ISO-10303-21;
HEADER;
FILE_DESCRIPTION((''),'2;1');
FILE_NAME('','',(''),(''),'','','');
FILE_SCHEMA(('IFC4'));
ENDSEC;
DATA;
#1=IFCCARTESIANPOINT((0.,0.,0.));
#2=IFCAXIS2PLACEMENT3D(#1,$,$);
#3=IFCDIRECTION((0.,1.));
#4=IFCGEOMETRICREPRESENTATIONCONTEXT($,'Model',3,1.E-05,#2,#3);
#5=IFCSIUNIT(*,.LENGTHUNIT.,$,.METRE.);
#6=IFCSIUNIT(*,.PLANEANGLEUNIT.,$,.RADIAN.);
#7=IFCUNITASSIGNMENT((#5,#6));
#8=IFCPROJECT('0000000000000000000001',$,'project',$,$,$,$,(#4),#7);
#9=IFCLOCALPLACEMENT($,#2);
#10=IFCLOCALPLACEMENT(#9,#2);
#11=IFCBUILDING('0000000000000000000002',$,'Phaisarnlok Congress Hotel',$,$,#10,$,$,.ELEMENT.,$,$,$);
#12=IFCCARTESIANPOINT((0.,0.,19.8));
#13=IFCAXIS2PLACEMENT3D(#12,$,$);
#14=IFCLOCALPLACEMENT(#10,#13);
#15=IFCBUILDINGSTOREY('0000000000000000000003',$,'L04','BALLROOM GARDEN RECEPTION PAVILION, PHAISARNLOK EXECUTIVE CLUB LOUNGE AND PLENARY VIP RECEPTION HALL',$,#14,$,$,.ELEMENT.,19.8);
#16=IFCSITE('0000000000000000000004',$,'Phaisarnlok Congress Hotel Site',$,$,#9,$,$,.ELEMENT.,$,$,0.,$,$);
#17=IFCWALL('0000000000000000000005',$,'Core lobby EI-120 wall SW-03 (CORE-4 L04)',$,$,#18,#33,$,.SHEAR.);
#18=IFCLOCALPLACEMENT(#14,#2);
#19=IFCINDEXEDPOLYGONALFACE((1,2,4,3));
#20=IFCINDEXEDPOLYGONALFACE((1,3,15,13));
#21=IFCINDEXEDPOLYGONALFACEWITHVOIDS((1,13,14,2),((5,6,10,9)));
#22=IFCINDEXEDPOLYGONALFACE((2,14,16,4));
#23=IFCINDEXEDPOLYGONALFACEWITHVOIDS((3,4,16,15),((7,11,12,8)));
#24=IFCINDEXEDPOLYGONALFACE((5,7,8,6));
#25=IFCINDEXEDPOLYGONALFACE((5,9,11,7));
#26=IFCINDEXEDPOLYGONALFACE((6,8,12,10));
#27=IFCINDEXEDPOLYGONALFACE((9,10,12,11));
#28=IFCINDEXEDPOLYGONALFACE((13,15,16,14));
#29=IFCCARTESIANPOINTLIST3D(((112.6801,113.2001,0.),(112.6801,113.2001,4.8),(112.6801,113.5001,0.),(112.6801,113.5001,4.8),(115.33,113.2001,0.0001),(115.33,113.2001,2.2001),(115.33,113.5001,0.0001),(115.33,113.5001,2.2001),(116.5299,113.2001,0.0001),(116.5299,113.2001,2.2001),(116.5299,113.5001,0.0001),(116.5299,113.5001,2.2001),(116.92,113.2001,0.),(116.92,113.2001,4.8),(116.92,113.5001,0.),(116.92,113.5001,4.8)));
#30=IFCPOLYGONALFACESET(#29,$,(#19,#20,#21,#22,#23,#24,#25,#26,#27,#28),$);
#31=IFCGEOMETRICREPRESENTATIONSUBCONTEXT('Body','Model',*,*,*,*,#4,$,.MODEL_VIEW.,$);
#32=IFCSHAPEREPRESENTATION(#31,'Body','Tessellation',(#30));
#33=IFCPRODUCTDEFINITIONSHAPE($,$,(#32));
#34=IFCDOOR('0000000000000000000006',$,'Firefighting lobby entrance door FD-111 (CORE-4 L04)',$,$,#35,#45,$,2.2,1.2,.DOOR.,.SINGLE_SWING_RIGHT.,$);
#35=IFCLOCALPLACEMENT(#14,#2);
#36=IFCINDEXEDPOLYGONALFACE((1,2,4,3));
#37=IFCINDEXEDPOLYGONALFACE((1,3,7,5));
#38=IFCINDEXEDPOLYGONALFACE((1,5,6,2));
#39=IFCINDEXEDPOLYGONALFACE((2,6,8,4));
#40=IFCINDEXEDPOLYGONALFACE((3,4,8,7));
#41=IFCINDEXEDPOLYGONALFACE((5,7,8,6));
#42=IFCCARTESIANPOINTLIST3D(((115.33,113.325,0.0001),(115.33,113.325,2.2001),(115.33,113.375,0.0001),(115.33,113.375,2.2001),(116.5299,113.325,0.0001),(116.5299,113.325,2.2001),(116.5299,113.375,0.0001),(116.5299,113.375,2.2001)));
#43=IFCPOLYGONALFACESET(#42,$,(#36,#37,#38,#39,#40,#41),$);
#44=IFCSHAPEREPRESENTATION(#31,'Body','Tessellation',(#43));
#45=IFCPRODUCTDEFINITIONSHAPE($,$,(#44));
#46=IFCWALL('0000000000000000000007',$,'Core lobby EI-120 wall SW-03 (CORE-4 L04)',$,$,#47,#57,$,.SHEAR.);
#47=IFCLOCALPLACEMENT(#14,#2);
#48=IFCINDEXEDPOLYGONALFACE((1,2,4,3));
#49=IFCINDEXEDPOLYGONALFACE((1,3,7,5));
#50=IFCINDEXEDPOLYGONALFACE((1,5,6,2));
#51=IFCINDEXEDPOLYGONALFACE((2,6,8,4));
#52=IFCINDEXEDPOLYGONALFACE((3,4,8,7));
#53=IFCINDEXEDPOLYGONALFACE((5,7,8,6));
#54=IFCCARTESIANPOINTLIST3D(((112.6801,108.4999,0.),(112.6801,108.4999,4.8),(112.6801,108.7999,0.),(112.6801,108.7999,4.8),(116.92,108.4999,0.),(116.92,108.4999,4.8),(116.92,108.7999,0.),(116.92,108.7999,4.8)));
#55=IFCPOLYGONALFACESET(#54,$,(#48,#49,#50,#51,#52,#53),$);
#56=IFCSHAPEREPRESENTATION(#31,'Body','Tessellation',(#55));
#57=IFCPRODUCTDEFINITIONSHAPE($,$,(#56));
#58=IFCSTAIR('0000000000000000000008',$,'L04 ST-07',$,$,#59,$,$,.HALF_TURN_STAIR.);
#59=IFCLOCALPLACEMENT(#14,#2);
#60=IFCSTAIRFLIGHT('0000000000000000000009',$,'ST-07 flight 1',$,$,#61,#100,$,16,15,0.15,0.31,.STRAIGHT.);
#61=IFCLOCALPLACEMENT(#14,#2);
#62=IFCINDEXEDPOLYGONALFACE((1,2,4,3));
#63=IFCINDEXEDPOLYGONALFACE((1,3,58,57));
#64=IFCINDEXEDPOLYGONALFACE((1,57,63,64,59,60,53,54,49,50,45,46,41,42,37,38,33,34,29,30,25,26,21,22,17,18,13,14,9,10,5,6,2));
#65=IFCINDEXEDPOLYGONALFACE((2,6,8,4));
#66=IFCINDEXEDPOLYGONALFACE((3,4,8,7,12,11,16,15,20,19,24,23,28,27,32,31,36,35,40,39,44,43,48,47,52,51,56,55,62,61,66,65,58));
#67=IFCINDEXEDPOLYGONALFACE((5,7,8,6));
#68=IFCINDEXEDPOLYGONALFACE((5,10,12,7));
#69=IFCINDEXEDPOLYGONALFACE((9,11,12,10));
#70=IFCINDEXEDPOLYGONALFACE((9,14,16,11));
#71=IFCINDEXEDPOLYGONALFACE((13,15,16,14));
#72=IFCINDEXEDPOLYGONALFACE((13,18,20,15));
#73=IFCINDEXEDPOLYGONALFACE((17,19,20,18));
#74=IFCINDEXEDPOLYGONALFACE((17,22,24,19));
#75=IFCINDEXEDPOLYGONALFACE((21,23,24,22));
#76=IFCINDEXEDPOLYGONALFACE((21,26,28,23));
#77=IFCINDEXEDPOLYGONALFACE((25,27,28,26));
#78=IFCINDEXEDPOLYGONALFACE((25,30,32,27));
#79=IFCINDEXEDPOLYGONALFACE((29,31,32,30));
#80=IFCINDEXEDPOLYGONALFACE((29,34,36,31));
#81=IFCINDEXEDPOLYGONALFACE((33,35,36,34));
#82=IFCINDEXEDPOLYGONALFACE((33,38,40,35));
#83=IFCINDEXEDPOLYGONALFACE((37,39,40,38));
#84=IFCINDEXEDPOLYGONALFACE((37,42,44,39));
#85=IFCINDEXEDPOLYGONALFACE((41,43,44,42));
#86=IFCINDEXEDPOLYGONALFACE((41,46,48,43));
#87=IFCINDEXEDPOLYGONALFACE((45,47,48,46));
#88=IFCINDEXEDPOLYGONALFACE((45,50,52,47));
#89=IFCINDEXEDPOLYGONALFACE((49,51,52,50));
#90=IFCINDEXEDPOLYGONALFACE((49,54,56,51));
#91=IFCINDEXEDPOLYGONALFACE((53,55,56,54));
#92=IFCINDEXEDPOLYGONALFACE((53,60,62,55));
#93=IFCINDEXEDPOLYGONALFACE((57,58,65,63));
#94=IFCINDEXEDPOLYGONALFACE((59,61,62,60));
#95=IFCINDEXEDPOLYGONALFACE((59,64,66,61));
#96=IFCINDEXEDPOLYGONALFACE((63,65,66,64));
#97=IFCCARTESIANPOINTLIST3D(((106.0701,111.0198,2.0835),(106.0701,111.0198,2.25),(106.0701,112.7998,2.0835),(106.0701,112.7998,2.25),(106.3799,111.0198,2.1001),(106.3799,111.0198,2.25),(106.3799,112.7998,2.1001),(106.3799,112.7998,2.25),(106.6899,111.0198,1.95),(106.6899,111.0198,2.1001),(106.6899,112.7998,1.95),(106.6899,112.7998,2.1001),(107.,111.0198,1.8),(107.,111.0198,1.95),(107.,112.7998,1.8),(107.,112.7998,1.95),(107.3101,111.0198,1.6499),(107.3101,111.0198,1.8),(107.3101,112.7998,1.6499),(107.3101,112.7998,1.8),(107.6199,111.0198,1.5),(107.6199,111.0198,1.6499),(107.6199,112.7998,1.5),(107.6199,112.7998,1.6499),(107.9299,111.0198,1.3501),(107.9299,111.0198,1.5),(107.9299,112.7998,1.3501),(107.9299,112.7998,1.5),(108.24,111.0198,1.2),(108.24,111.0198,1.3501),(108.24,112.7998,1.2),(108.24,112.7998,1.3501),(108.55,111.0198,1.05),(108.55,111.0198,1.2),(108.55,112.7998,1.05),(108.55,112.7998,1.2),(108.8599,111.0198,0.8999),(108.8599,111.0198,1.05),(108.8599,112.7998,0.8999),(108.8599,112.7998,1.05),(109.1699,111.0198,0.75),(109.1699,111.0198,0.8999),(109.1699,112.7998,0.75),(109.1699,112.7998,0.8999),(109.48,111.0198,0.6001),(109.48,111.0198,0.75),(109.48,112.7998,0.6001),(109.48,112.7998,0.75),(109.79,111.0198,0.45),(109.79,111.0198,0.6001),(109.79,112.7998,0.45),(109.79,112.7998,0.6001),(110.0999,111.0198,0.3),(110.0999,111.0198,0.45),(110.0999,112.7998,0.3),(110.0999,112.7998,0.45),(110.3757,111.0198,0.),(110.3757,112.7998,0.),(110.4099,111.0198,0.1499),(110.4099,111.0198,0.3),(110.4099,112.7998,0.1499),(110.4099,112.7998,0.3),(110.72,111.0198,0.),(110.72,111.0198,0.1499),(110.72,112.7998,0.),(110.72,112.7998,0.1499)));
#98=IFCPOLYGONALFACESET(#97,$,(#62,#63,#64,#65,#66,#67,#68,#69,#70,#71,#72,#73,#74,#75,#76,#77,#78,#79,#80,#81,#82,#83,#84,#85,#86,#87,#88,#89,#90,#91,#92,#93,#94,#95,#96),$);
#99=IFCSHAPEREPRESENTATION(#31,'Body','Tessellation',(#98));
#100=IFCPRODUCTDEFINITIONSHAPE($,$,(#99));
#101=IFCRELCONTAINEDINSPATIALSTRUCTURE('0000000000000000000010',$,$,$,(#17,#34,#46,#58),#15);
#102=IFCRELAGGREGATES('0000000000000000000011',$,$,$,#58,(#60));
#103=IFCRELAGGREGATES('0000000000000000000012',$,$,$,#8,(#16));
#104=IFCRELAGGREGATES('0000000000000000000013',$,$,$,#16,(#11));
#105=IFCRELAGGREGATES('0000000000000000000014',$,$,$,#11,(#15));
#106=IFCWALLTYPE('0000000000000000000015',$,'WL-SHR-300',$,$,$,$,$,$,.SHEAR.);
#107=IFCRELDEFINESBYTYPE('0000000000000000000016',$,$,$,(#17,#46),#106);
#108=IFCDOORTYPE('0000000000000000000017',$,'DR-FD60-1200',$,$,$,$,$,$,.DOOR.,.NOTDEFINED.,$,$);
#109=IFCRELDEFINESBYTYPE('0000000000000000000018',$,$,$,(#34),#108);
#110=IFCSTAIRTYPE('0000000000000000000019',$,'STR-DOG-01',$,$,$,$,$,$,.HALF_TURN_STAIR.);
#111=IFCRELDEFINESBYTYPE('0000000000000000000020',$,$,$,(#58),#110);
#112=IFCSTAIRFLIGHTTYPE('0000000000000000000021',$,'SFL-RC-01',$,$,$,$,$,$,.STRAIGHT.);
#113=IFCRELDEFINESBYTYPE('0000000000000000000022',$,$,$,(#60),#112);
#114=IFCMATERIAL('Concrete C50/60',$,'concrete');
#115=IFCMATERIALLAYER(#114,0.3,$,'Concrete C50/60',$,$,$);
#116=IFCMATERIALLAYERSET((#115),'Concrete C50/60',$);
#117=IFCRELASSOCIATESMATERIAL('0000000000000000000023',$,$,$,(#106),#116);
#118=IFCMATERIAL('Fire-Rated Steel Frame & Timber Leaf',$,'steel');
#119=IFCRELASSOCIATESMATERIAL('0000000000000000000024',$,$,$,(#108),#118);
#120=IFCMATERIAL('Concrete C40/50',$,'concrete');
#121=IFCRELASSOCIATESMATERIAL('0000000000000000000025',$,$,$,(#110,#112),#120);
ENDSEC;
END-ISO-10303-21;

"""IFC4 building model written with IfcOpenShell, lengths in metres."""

from ifc_helpers import new_model, si_unit, direction, frame, frame_2d, origin, place, context, subcontext, project, spatial, polyline, rectangle, outline, extrude, material, layer, layer_set, type_object, element, fill, aggregate, save


model = new_model("IFC4")

# Units and contexts
model_context = context("Model", 3, precision=1e-05, world=origin(), true_north=direction((0.0, 1.0)))
body_context = subcontext(model_context, "Body", "Model", "MODEL_VIEW")
ifc_project = project(units=[si_unit("LENGTHUNIT", "METRE"), si_unit("PLANEANGLEUNIT", "RADIAN")], contexts=[model_context])

# Site, building, storey
site_placement = place(None, origin())
site = spatial("IfcSite", under=ifc_project, at=site_placement, Name="Phaisarnlok Congress Hotel Site", CompositionType="ELEMENT", RefElevation=0.0)
building_placement = place(site_placement, origin())
building = spatial("IfcBuilding", under=site, at=building_placement, Name="Phaisarnlok Congress Hotel", CompositionType="ELEMENT")
storey_placement = place(building_placement, frame((0.0, 0.0, 19.8)))
storey = spatial("IfcBuildingStorey", under=building, at=storey_placement, Name="L04", Description="BALLROOM GARDEN RECEPTION PAVILION, PHAISARNLOK EXECUTIVE CLUB LOUNGE AND PLENARY VIP RECEPTION HALL", CompositionType="ELEMENT", Elevation=19.8)

# Shared definitions
ifc_material_1 = material(Name="Concrete C50/60", Category="concrete")

# Shared definitions
ifc_material_2 = material(Name="Concrete C40/50", Category="concrete")

# Shared definitions
ifc_material_3 = material(Name="Fire-Rated Steel Frame & Timber Leaf", Category="steel")

# Wall, opening, door
ifc_layer_1 = layer(ifc_material_1, 0.3, Name="Concrete C50/60")
ifc_layer_set_1 = layer_set([ifc_layer_1], Name="Concrete C50/60")
wall_type_1 = type_object("IfcWallType", Name="WL-SHR-300", PredefinedType="SHEAR", material=ifc_layer_set_1)
wall_1_placement = place(storey_placement, frame((112.6799, 113.3501, 0.0), z_axis=(0.0, 0.0, 1.0), x_axis=(1.0, 0.0, 0.0)))
wall_1 = element("IfcWall", 1, at=wall_1_placement, inside=storey, type_object=wall_type_1, Name="Core lobby EI-120 wall SW-03 (CORE-4 L04)", PredefinedType="SHEAR", context=body_context, shape_type="SweptSolid", body=[
    extrude(rectangle(XDim=4.24, YDim=0.3, at=frame_2d((2.1201, 0.0))), origin(), (0.0, 0.0, 1.0), 4.8),
])
opening_1_placement = place(wall_1_placement, frame((2.6499, 0.0, 0.0)))
opening_1 = element("IfcOpeningElement", 2, at=opening_1_placement, cuts=wall_1, PredefinedType="OPENING", context=body_context, shape_type="SweptSolid", body=[
    extrude(rectangle(XDim=1.2, YDim=2.2, at=frame_2d((0.6001, 1.1001))), frame((0.0, 0.1602, 0.0), z_axis=(0.0, -1.0, 0.0), x_axis=(1.0, 0.0, 0.0)), (0.0, 0.0, 1.0), 0.3201),
])
door_type_1 = type_object("IfcDoorType", Name="DR-FD60-1200", OperationType="NOTDEFINED", PredefinedType="DOOR", material=ifc_material_3)
door_1_placement = place(opening_1_placement, origin())
door_1 = element("IfcDoor", 3, at=door_1_placement, inside=storey, type_object=door_type_1, Name="Firefighting lobby entrance door FD-111 (CORE-4 L04)", OperationType="SINGLE_SWING_RIGHT", OverallHeight=2.2, OverallWidth=1.2, PredefinedType="DOOR", context=body_context, shape_type="SweptSolid", body=[
    extrude(rectangle(XDim=1.2, YDim=2.2, at=frame_2d((0.6001, 1.1001))), frame((0.0, 0.0249, 0.0), z_axis=(0.0, -1.0, 0.0), x_axis=(1.0, 0.0, 0.0)), (0.0, 0.0, 1.0), 0.05),
])
fill(opening_1, door_1)

# Wall
wall_2_placement = place(storey_placement, frame((112.6799, 108.6499, 0.0), z_axis=(0.0, 0.0, 1.0), x_axis=(1.0, 0.0, 0.0)))
element("IfcWall", 4, at=wall_2_placement, inside=storey, type_object=wall_type_1, Name="Core lobby EI-120 wall SW-03 (CORE-4 L04)", PredefinedType="SHEAR", context=body_context, shape_type="SweptSolid", body=[
    extrude(rectangle(XDim=4.24, YDim=0.3, at=frame_2d((2.1201, 0.0))), origin(), (0.0, 0.0, 1.0), 4.8),
])

# Stair, stair flight
stair_type = type_object("IfcStairType", Name="STR-DOG-01", PredefinedType="HALF_TURN_STAIR", material=ifc_material_2)
stair_placement = place(storey_placement, origin())
stair = element("IfcStair", 5, at=stair_placement, inside=storey, type_object=stair_type, Name="L04 ST-07", PredefinedType="HALF_TURN_STAIR")
stair_flight_type = type_object("IfcStairFlightType", Name="SFL-RC-01", PredefinedType="STRAIGHT", material=ifc_material_2)
stair_flight_placement = place(storey_placement, frame((110.72, 111.9099, 0.0), z_axis=(0.0, 0.0, 1.0), x_axis=(-1.0, 0.0, 0.0)))
stair_flight = element("IfcStairFlight", 6, at=stair_flight_placement, type_object=stair_flight_type, Name="ST-07 flight 1", NumberOfRisers=16, NumberOfTreads=15, PredefinedType="STRAIGHT", RiserHeight=0.15, TreadLength=0.31, context=body_context, shape_type="SweptSolid", body=[
    extrude(outline(polyline([(0.0, 0.0), (0.0, 0.1499), (0.3101, 0.1499), (0.3101, 0.3), (0.6201, 0.3), (0.6201, 0.45), (0.9299, 0.45), (0.9299, 0.6001), (1.24, 0.6001), (1.24, 0.75), (1.55, 0.75), (1.55, 0.8999), (1.8601, 0.8999), (1.8601, 1.05), (2.1699, 1.05), (2.1699, 1.2), (2.48, 1.2), (2.48, 1.3501), (2.79, 1.3501), (2.79, 1.5), (3.1001, 1.5), (3.1001, 1.6499), (3.4099, 1.6499), (3.4099, 1.8), (3.72, 1.8), (3.72, 1.95), (4.03, 1.95), (4.03, 2.1001), (4.3401, 2.1001), (4.3401, 2.25), (4.6499, 2.25), (4.6499, 2.3999), (4.6499, 2.0835), (0.3442, 0.0), (0.0, 0.0)])), frame((0.0, 0.8901, 0.0), z_axis=(0.0, -1.0, 0.0), x_axis=(1.0, 0.0, 0.0)), (0.0, 0.0, 1.0), 1.78),
])
aggregate(stair, [stair_flight])

save(model, "model.ifc")
